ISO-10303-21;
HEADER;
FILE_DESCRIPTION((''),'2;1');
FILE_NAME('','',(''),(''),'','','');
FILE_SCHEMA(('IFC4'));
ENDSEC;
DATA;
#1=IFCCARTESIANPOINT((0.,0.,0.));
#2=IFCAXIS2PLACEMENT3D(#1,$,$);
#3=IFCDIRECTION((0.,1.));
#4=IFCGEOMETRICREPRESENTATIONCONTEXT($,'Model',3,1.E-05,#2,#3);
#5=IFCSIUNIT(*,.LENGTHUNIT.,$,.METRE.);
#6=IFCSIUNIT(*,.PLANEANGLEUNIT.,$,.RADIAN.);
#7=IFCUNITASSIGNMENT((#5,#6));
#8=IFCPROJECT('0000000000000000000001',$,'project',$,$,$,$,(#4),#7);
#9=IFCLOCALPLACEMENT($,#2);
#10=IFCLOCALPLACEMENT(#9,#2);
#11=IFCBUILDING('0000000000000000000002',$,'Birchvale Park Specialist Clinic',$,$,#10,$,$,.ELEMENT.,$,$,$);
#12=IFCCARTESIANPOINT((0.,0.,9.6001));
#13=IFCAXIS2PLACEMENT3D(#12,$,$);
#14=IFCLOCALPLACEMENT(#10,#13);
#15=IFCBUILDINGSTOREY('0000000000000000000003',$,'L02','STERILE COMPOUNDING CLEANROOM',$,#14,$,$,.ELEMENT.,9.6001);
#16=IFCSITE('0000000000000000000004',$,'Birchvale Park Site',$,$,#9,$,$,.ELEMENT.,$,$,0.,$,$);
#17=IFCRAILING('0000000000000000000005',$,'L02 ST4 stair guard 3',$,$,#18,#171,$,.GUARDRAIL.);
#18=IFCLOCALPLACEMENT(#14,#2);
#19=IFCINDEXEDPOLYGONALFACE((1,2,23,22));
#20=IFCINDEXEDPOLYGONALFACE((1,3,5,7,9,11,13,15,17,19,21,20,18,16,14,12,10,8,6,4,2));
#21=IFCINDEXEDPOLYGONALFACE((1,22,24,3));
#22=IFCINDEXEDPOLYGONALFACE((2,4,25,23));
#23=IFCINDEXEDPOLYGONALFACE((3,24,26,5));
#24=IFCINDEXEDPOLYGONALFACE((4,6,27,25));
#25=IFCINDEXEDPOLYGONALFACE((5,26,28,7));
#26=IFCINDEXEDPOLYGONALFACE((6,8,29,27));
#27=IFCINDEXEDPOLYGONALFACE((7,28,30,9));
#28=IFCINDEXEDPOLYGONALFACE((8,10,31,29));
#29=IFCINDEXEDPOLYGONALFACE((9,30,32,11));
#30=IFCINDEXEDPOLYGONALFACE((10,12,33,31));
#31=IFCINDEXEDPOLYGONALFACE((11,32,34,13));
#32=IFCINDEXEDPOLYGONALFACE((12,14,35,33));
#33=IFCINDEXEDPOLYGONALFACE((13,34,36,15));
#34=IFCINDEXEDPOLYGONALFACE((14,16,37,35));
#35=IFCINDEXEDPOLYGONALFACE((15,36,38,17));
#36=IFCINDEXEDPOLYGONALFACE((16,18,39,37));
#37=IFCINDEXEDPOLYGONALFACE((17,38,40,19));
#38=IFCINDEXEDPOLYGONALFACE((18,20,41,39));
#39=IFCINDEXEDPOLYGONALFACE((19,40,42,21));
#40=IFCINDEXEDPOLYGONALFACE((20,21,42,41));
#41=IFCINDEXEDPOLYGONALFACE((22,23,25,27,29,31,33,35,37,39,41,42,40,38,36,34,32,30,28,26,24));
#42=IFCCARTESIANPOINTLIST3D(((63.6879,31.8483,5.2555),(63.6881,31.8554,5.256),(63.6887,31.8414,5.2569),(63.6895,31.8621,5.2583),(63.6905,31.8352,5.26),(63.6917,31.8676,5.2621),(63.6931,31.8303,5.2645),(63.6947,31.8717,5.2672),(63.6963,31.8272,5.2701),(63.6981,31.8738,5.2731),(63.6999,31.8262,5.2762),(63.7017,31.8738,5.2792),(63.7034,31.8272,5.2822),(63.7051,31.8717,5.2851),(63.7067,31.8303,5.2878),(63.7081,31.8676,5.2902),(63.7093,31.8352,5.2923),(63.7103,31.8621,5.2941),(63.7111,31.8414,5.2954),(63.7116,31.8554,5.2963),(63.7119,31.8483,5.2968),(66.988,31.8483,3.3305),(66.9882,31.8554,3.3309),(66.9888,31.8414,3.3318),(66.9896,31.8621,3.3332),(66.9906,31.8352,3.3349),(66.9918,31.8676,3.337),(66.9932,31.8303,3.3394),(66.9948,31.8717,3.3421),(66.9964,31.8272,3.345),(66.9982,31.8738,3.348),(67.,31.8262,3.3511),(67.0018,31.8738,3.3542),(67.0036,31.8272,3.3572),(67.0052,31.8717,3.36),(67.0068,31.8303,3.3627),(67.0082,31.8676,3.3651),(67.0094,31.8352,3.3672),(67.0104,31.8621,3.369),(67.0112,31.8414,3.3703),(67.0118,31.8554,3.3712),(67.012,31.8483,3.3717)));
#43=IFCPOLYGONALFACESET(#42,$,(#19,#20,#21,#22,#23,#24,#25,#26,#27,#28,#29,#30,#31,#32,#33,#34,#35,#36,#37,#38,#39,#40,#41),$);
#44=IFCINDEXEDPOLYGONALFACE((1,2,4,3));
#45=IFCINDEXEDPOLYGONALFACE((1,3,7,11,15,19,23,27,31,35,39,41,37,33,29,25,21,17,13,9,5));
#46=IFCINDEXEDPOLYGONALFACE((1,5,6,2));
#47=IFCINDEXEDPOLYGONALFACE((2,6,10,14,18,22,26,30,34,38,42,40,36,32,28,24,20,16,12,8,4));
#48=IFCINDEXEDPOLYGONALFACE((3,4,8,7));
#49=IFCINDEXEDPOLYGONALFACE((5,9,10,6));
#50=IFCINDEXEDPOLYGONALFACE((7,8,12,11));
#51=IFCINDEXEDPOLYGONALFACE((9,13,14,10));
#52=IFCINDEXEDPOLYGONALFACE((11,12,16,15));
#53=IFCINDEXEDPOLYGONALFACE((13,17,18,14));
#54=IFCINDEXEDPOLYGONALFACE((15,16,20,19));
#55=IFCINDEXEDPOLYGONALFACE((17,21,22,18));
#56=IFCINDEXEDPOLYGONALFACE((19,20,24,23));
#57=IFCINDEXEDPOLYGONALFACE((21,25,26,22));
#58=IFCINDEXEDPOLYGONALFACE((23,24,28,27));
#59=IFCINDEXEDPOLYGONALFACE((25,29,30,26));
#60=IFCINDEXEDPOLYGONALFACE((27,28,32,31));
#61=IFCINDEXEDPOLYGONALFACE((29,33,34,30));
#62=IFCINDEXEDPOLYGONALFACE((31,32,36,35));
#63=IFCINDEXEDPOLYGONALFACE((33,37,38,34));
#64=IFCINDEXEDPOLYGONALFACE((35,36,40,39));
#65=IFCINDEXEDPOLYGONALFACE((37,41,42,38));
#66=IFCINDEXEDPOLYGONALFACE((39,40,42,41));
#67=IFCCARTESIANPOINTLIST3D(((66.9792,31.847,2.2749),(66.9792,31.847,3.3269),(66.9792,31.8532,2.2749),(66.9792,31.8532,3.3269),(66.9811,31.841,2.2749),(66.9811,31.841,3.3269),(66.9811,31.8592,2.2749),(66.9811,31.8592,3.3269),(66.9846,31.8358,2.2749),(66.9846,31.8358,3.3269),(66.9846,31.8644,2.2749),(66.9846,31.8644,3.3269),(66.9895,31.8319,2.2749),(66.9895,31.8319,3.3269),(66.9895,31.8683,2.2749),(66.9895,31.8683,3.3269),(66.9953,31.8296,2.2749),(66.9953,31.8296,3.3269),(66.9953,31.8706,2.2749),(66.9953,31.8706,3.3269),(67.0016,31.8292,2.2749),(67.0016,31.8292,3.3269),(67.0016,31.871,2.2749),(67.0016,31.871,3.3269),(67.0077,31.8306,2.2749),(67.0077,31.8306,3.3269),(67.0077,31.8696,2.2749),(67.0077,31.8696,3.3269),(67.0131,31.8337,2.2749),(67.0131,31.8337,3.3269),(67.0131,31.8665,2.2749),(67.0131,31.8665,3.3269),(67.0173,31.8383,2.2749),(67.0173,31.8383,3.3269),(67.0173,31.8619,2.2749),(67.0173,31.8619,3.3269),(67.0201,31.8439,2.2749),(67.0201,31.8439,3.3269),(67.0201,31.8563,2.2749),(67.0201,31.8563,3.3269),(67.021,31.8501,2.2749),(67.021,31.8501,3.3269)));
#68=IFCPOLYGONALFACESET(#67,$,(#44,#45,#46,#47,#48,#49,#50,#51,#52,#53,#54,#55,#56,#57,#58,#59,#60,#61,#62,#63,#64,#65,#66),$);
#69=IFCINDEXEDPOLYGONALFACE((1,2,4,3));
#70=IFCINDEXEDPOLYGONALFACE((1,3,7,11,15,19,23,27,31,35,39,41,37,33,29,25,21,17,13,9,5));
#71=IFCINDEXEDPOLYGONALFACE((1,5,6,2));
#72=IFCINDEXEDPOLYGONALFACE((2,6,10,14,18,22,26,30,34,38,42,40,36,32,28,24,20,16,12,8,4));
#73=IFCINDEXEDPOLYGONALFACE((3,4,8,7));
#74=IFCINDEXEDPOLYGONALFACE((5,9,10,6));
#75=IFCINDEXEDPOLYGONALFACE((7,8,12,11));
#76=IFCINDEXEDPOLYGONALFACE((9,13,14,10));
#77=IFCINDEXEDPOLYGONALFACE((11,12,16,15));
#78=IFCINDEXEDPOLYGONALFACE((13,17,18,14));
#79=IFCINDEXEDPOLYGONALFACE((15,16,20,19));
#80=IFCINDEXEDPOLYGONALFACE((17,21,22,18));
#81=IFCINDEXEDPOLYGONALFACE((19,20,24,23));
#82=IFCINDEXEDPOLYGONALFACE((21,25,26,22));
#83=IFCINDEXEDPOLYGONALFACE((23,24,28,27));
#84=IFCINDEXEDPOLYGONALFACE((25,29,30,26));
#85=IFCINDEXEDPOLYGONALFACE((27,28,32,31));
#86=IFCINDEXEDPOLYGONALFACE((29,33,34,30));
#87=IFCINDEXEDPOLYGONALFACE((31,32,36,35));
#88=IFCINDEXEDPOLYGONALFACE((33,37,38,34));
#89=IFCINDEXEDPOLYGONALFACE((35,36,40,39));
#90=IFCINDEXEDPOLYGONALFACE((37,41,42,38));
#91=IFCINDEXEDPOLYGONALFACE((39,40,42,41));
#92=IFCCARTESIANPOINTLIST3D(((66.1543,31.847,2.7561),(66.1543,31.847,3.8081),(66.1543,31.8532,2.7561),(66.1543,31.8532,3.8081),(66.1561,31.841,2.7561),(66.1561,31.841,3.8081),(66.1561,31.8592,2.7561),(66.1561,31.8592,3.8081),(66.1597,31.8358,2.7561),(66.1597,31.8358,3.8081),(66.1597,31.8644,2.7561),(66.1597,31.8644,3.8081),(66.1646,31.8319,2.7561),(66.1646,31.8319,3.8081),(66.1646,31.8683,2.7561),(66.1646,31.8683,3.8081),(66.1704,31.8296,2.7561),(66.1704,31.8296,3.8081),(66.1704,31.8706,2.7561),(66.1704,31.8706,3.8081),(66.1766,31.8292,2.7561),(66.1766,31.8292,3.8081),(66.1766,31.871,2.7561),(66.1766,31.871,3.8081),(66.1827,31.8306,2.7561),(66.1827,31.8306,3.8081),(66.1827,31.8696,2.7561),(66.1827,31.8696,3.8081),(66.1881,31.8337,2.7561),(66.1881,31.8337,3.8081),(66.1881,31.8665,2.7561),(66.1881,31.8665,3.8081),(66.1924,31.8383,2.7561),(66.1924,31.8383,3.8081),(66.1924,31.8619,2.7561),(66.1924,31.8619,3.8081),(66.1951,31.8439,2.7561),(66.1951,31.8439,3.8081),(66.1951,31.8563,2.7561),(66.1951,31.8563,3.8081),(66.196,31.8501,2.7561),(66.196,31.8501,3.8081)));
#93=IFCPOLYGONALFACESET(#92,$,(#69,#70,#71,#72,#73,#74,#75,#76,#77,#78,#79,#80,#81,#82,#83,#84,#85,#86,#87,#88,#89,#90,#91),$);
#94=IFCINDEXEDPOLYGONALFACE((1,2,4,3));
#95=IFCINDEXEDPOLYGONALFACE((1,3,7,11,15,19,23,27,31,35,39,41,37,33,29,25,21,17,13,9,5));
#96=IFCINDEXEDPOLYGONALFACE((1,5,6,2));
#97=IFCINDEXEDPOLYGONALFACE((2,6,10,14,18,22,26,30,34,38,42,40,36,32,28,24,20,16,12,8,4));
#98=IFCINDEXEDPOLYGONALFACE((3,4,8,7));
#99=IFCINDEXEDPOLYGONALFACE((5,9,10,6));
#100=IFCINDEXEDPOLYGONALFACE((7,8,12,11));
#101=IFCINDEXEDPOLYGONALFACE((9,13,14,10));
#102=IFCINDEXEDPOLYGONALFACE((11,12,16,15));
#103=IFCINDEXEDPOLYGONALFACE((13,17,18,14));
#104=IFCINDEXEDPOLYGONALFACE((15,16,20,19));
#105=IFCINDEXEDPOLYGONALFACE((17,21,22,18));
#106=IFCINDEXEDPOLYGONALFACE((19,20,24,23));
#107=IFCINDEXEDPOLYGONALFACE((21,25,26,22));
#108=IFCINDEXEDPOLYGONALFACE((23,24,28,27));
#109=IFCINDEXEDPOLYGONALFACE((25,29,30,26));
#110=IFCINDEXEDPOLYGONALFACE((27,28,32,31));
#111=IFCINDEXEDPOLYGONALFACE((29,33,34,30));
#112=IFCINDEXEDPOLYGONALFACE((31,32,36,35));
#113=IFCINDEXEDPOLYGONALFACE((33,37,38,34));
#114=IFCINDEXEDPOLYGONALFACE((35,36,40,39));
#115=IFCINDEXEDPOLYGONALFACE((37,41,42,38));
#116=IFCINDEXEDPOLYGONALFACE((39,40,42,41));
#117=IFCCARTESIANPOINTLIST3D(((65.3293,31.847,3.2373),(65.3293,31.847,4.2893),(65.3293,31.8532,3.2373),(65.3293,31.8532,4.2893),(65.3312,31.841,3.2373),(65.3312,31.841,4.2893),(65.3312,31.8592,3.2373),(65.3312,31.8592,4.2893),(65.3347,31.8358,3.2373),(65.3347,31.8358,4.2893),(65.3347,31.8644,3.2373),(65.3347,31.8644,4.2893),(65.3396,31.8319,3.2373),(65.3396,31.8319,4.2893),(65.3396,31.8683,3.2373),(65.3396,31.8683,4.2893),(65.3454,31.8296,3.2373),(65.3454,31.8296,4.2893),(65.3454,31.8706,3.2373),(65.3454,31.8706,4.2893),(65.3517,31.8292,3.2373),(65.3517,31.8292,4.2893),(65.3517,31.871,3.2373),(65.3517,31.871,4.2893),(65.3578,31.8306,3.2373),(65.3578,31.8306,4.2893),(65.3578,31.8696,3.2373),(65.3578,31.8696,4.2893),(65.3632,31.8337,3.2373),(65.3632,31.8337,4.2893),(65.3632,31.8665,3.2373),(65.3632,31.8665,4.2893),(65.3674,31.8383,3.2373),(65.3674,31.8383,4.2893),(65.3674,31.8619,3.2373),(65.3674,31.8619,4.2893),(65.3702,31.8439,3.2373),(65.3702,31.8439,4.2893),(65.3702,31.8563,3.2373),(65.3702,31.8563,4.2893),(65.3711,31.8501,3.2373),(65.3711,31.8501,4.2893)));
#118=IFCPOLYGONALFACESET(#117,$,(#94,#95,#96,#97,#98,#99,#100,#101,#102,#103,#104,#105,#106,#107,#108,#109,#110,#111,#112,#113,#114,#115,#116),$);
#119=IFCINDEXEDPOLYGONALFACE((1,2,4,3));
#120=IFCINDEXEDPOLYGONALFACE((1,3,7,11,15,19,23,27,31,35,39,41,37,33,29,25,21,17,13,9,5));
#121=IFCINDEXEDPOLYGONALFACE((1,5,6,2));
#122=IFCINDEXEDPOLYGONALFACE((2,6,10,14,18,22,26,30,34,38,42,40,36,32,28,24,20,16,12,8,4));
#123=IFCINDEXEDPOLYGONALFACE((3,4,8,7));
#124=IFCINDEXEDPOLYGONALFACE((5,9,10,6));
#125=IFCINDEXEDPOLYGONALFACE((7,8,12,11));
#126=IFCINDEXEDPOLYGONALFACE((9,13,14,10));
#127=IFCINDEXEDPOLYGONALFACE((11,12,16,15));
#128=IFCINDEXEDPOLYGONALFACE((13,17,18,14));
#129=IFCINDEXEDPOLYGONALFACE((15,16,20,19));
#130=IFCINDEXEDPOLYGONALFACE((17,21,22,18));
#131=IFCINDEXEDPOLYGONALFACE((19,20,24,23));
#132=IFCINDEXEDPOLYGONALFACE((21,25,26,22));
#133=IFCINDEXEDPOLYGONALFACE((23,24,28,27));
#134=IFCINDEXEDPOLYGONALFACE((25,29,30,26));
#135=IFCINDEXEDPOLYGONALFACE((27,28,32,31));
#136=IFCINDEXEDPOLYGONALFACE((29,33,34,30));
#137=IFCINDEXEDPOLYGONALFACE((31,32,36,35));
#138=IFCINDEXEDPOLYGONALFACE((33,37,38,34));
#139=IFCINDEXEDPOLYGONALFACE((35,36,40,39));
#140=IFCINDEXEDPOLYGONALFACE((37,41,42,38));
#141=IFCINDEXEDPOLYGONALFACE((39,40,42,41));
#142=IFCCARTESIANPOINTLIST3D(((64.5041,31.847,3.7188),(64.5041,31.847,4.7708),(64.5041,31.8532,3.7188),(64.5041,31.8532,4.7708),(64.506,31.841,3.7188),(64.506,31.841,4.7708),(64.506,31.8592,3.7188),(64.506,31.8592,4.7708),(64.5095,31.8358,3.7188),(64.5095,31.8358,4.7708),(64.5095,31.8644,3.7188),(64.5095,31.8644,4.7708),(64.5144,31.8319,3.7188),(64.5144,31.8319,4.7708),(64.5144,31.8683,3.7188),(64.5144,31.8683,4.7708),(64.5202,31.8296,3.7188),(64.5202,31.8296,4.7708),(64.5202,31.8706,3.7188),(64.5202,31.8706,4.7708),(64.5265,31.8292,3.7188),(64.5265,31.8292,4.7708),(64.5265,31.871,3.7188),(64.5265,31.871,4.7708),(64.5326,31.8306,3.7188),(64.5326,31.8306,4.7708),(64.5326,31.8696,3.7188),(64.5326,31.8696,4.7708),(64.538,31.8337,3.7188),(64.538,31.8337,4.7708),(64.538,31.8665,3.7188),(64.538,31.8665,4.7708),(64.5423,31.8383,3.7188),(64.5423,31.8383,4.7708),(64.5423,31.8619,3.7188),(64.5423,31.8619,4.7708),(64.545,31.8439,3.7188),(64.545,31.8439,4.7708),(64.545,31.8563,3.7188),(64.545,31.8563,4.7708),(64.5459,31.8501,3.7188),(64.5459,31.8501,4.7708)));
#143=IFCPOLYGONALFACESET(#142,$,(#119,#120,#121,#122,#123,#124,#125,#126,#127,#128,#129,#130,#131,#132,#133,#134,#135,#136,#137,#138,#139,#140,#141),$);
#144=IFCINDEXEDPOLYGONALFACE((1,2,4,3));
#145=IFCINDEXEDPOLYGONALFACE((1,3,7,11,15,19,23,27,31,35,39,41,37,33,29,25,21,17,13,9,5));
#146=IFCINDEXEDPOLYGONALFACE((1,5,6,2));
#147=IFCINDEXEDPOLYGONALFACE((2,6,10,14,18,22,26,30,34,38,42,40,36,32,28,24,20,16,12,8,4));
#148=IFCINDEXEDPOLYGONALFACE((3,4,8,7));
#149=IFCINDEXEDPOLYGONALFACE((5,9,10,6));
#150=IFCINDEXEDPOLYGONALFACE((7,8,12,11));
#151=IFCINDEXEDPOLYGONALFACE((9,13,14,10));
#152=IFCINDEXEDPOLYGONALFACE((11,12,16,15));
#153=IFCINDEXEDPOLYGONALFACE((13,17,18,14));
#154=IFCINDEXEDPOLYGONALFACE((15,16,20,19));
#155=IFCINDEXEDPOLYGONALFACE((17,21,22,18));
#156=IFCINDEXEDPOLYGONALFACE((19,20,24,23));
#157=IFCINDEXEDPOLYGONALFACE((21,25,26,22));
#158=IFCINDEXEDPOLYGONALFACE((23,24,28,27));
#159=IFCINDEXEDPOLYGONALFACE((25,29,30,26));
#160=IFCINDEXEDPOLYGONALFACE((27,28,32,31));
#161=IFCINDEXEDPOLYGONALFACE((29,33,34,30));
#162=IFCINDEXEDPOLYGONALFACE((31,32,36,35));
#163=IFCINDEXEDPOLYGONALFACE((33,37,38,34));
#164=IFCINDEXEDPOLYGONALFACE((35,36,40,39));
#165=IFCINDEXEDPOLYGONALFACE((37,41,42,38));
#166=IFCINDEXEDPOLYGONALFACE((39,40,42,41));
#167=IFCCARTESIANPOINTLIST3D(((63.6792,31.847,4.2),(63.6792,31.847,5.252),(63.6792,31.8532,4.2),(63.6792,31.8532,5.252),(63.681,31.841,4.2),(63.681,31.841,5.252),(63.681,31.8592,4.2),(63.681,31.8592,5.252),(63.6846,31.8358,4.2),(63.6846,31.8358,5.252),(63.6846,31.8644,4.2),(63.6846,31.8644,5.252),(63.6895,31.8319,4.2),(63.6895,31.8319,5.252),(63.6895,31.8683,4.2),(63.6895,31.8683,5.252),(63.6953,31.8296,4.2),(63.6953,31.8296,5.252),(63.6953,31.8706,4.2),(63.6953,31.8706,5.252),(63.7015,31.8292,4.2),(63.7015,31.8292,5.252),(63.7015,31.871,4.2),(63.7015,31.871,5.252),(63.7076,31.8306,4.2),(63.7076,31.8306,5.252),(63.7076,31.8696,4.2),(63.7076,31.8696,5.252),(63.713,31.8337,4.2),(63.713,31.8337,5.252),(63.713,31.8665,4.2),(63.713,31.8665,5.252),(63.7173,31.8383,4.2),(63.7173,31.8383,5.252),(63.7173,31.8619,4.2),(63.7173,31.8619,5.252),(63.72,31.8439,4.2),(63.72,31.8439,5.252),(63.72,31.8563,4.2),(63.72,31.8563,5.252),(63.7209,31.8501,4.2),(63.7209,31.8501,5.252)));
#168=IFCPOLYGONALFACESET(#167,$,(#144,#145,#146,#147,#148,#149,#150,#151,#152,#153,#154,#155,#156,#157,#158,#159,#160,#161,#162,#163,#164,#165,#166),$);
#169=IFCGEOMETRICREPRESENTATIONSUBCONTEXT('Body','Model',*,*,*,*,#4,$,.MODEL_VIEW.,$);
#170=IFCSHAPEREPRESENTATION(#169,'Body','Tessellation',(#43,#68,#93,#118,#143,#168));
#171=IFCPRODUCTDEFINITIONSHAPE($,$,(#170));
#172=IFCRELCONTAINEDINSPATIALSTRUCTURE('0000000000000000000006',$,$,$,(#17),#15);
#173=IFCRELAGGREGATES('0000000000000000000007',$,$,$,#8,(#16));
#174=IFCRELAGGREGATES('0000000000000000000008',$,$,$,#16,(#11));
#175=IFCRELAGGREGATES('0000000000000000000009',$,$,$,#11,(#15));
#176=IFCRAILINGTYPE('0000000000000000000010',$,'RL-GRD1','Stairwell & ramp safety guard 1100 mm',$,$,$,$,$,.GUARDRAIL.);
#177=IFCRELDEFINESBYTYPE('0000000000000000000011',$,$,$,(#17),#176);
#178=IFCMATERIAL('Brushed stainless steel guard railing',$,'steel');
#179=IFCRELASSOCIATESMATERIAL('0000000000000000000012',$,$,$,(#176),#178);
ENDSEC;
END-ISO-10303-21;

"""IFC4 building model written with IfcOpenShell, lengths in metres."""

from ifc_helpers import new_model, si_unit, direction, frame, origin, origin_2d, place, context, subcontext, project, spatial, circle, extrude, material, type_object, element, save


model = new_model("IFC4")

# Units and contexts
model_context = context("Model", 3, precision=1e-05, world=origin(), true_north=direction((0.0, 1.0)))
body_context = subcontext(model_context, "Body", "Model", "MODEL_VIEW")
ifc_project = project(units=[si_unit("LENGTHUNIT", "METRE"), si_unit("PLANEANGLEUNIT", "RADIAN")], contexts=[model_context])

# Site, building, storey
site_placement = place(None, origin())
site = spatial("IfcSite", under=ifc_project, at=site_placement, Name="Birchvale Park Site", CompositionType="ELEMENT", RefElevation=0.0)
building_placement = place(site_placement, origin())
building = spatial("IfcBuilding", under=site, at=building_placement, Name="Birchvale Park Specialist Clinic", CompositionType="ELEMENT")
storey_placement = place(building_placement, frame((0.0, 0.0, 9.6001)))
storey = spatial("IfcBuildingStorey", under=building, at=storey_placement, Name="L02", Description="STERILE COMPOUNDING CLEANROOM", CompositionType="ELEMENT", Elevation=9.6001)

# Railing
ifc_material_1 = material(Name="Brushed stainless steel guard railing", Category="steel")
railing_type_1 = type_object("IfcRailingType", Name="RL-GRD1", Description="Stairwell & ramp safety guard 1100 mm", PredefinedType="GUARDRAIL", material=ifc_material_1)
railing_1_placement = place(storey_placement, frame((67.0, 31.8501, 2.2749)))
element("IfcRailing", 1, at=railing_1_placement, inside=storey, type_object=railing_type_1, Name="L02 ST4 stair guard 3", PredefinedType="GUARDRAIL", context=body_context, shape_type="SweptSolid", body=[
    extrude(circle(Radius=0.0239, at=origin_2d()), frame((0.0, 0.0, 1.0762), z_axis=(-0.863777, 0.0, 0.503875), x_axis=(0.0, -1.0, 0.0)), (0.0, 0.0, 1.0), 3.8206),
    extrude(circle(Radius=0.021, at=origin_2d()), origin(), (0.0, 0.0, 1.0), 1.052),
    extrude(circle(Radius=0.021, at=origin_2d()), frame((-0.825, 0.0, 0.4812)), (0.0, 0.0, 1.0), 1.052),
    extrude(circle(Radius=0.021, at=origin_2d()), frame((-1.6499, 0.0, 0.9624)), (0.0, 0.0, 1.0), 1.052),
    extrude(circle(Radius=0.021, at=origin_2d()), frame((-2.4751, 0.0, 1.4438)), (0.0, 0.0, 1.0), 1.052),
    extrude(circle(Radius=0.021, at=origin_2d()), frame((-3.3, 0.0, 1.925)), (0.0, 0.0, 1.0), 1.052),
])

save(model, "model.ifc")
